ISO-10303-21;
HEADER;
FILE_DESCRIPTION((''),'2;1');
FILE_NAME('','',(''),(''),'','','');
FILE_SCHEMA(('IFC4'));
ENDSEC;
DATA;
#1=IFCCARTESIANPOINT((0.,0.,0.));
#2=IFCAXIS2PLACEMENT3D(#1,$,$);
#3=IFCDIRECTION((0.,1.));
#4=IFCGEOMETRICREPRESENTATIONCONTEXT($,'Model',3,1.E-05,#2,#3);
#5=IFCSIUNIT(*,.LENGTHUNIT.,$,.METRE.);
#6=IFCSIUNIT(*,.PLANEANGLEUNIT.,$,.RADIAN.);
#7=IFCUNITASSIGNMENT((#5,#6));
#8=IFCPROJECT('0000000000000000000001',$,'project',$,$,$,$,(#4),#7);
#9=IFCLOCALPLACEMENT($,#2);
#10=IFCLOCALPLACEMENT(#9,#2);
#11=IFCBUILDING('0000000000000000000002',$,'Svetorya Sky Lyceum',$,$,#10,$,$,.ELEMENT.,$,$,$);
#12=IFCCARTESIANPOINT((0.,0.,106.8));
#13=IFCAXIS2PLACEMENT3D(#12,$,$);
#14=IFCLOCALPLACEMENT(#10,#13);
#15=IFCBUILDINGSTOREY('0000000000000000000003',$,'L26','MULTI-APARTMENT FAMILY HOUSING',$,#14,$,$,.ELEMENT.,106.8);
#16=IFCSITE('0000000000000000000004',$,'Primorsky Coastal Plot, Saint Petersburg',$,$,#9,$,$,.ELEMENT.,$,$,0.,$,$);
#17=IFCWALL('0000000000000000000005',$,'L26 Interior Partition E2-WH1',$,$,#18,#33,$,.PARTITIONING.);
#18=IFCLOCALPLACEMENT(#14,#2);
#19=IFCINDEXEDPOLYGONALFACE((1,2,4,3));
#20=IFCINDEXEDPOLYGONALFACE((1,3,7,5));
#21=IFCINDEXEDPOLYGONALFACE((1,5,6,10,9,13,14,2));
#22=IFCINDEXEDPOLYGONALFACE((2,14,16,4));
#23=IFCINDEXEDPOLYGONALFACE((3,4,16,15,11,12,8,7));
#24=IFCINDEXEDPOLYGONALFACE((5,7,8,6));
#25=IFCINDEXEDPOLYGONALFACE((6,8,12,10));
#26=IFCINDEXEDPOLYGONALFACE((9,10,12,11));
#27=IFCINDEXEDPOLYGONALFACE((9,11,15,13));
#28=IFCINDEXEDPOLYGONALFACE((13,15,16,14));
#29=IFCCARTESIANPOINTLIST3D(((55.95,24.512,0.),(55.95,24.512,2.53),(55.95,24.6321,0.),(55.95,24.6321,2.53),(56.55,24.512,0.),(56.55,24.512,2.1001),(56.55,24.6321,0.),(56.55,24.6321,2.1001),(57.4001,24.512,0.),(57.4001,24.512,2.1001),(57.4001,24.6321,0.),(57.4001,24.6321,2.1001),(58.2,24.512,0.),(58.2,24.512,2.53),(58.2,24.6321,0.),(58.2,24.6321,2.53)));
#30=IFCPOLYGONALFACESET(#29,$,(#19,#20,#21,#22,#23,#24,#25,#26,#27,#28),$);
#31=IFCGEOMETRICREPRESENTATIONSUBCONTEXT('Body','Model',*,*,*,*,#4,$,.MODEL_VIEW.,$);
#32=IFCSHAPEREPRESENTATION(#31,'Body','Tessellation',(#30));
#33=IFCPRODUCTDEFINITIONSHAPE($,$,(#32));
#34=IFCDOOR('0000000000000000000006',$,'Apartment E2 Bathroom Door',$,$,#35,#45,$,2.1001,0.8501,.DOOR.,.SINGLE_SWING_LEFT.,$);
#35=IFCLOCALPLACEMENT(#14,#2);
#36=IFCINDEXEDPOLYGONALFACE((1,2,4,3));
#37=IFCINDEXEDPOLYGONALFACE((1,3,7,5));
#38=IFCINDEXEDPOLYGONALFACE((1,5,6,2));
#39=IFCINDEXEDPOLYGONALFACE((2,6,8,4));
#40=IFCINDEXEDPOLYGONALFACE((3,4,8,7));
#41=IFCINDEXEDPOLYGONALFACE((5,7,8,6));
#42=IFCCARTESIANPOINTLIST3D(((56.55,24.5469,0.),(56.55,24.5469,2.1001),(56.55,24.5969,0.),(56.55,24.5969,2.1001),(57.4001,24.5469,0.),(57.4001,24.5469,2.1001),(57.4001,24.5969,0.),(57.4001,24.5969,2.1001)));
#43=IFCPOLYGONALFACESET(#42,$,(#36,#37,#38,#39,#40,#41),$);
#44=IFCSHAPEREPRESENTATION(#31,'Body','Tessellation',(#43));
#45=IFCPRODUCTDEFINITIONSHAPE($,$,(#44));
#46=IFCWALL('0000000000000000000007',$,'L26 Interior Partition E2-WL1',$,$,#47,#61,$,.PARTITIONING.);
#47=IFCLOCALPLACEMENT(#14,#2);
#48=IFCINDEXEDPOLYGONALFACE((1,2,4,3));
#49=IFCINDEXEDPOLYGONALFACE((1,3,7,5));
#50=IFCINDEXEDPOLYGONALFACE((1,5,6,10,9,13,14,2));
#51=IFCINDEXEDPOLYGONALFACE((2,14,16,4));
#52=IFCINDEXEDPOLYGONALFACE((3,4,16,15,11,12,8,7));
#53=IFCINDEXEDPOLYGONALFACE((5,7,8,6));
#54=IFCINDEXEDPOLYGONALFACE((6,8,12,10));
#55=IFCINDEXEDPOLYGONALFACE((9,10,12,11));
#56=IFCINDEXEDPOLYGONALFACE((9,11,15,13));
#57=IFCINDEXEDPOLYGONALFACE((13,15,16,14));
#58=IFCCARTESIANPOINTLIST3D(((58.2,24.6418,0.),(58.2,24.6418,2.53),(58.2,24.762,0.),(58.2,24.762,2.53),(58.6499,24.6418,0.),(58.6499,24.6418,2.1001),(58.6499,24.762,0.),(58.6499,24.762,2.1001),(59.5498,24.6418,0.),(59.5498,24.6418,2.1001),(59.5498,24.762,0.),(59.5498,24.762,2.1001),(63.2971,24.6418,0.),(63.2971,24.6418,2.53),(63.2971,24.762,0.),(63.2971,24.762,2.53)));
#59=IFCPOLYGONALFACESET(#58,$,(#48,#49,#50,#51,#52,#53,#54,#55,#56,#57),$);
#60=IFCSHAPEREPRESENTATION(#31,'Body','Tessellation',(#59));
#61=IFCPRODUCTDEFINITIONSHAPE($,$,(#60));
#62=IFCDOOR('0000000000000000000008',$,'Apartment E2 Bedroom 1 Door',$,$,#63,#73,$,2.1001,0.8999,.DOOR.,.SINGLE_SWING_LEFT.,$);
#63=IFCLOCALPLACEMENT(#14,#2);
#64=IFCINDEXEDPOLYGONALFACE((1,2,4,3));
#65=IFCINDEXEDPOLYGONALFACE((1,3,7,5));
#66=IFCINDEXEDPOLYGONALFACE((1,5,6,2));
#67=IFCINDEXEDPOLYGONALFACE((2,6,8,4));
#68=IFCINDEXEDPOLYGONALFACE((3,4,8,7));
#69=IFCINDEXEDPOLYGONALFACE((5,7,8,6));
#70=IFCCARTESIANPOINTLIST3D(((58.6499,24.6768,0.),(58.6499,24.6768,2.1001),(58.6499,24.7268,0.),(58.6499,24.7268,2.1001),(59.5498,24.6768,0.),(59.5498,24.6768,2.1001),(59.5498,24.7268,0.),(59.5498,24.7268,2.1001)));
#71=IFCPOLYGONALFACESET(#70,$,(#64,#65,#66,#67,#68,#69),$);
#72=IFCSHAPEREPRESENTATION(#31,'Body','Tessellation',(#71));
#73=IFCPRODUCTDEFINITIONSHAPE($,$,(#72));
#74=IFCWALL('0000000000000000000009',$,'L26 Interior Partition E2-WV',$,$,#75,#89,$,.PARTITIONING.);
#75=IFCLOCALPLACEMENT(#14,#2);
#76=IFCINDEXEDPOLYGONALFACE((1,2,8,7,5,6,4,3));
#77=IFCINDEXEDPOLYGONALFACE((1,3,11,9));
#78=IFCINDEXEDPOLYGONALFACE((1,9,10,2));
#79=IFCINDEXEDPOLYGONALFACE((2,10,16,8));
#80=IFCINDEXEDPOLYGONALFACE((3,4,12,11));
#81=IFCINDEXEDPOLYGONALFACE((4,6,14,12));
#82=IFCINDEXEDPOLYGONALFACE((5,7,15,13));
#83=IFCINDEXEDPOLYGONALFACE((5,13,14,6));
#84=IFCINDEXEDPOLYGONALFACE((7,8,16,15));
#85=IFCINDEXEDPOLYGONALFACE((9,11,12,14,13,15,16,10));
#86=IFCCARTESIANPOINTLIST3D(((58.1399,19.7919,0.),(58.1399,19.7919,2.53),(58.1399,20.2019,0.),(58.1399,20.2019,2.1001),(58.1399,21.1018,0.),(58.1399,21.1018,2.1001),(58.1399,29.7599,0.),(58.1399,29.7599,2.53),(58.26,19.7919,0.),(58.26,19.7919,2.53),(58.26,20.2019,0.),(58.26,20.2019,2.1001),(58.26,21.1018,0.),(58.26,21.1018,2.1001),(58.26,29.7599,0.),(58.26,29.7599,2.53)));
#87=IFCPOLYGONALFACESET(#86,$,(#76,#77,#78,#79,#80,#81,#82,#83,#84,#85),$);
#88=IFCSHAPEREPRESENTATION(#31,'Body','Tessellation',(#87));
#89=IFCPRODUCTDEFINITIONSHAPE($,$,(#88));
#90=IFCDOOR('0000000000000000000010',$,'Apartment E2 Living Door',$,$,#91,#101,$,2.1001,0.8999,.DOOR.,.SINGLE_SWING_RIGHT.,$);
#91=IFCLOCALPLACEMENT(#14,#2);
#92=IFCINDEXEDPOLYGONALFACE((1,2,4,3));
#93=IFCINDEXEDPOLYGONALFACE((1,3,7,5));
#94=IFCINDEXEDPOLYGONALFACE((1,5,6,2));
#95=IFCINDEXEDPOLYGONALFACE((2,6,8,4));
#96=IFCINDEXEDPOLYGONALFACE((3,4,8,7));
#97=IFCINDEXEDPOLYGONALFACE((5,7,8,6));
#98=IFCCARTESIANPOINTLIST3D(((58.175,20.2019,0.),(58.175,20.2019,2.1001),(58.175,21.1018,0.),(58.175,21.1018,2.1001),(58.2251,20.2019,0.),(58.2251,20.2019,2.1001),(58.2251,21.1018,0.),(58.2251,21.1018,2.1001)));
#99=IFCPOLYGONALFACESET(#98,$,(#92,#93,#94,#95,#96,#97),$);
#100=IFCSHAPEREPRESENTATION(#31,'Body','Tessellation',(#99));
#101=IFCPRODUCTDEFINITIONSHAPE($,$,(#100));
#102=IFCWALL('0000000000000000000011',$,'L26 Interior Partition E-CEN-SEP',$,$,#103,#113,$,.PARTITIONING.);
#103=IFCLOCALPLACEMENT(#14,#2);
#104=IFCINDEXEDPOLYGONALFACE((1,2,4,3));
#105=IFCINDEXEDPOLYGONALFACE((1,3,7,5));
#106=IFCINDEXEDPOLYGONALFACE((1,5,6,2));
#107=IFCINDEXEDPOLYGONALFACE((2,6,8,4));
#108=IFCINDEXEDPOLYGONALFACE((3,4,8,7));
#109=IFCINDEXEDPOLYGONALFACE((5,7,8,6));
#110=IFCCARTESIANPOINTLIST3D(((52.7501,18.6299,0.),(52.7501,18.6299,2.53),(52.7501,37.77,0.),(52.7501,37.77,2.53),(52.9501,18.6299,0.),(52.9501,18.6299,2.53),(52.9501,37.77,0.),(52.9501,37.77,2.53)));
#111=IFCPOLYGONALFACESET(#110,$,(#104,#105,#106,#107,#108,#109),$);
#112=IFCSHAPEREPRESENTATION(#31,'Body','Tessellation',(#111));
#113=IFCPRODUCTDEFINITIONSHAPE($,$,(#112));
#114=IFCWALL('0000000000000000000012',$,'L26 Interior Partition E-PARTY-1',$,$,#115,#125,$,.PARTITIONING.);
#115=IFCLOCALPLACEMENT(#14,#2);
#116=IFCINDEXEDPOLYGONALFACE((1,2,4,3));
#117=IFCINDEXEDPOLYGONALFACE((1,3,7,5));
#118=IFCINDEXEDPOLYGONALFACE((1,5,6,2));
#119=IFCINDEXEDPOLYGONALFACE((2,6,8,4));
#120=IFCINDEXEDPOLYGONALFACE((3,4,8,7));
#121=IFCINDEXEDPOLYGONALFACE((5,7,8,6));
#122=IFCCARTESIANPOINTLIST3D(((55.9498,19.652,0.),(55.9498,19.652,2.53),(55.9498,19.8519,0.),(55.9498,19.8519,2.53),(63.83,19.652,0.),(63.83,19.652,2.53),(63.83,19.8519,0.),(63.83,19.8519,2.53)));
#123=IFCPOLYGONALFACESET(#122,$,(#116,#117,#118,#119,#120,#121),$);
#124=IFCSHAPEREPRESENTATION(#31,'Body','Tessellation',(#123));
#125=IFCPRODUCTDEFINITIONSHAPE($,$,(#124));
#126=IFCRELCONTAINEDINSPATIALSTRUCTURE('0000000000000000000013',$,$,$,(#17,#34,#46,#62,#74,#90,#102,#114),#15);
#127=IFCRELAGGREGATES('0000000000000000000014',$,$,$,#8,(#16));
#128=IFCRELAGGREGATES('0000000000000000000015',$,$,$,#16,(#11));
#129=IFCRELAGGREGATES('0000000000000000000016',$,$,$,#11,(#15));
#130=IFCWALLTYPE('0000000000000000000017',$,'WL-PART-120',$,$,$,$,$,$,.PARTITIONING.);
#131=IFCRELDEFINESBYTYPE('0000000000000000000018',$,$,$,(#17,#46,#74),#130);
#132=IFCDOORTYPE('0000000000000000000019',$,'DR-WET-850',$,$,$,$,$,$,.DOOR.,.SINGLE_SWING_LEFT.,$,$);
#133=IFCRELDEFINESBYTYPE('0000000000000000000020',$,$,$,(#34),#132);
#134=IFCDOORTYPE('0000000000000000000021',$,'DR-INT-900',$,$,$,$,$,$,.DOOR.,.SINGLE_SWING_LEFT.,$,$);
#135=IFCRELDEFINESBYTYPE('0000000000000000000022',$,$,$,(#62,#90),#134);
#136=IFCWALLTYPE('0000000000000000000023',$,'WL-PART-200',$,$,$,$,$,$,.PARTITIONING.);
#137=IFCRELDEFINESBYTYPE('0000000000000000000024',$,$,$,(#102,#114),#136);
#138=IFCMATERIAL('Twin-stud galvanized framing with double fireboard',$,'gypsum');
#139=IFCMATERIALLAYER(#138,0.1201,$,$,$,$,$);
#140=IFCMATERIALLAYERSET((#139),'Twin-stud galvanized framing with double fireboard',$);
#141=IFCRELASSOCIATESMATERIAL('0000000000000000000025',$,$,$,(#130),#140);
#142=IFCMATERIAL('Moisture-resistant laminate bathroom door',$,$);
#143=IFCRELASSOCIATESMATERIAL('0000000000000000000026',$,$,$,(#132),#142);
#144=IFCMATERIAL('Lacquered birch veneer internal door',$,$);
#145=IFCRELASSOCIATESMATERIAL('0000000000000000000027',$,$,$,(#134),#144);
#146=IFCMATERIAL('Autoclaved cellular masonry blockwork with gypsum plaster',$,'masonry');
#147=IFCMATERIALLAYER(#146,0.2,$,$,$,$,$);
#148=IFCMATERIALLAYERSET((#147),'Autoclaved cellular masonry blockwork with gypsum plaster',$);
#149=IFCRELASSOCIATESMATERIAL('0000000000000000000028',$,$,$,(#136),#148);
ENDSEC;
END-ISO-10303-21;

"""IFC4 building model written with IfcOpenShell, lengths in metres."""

from ifc_helpers import new_model, si_unit, direction, frame, frame_2d, origin, place, context, subcontext, project, spatial, rectangle, extrude, material, layer, layer_set, type_object, element, fill, save


model = new_model("IFC4")

# Units and contexts
model_context = context("Model", 3, precision=1e-05, world=origin(), true_north=direction((0.0, 1.0)))
body_context = subcontext(model_context, "Body", "Model", "MODEL_VIEW")
ifc_project = project(units=[si_unit("LENGTHUNIT", "METRE"), si_unit("PLANEANGLEUNIT", "RADIAN")], contexts=[model_context])

# Site, building, storey
site_placement = place(None, origin())
site = spatial("IfcSite", under=ifc_project, at=site_placement, Name="Primorsky Coastal Plot, Saint Petersburg", CompositionType="ELEMENT", RefElevation=0.0)
building_placement = place(site_placement, origin())
building = spatial("IfcBuilding", under=site, at=building_placement, Name="Svetorya Sky Lyceum", CompositionType="ELEMENT")
storey_placement = place(building_placement, frame((0.0, 0.0, 106.8)))
storey = spatial("IfcBuildingStorey", under=building, at=storey_placement, Name="L26", Description="MULTI-APARTMENT FAMILY HOUSING", CompositionType="ELEMENT", Elevation=106.8)

# Walls, openings, doors
ifc_material_1 = material(Name="Twin-stud galvanized framing with double fireboard", Category="gypsum")
ifc_layer_1 = layer(ifc_material_1, 0.1201)
ifc_layer_set_1 = layer_set([ifc_layer_1], Name="Twin-stud galvanized framing with double fireboard")
wall_type_1 = type_object("IfcWallType", Name="WL-PART-120", PredefinedType="PARTITIONING", material=ifc_layer_set_1)
wall_1_placement = place(storey_placement, frame((55.95, 24.572, 0.0), z_axis=(0.0, 0.0, 1.0), x_axis=(1.0, 0.0, 0.0)))
wall_1 = element("IfcWall", 1, at=wall_1_placement, inside=storey, type_object=wall_type_1, Name="L26 Interior Partition E2-WH1", PredefinedType="PARTITIONING", context=body_context, shape_type="SweptSolid", body=[
    extrude(rectangle(XDim=2.25, YDim=0.1201, at=frame_2d((1.125, 0.0))), origin(), (0.0, 0.0, 1.0), 2.53),
])
opening_1_placement = place(wall_1_placement, frame((0.6001, 0.0, 0.0)))
opening_1 = element("IfcOpeningElement", 2, at=opening_1_placement, cuts=wall_1, PredefinedType="OPENING", context=body_context, shape_type="SweptSolid", body=[
    extrude(rectangle(XDim=0.8501, YDim=2.1001, at=frame_2d((0.425, 1.05))), frame((0.0, 0.0701, 0.0), z_axis=(0.0, -1.0, 0.0), x_axis=(1.0, 0.0, 0.0)), (0.0, 0.0, 1.0), 0.1401),
])
ifc_material_2 = material(Name="Moisture-resistant laminate bathroom door")
door_type_1 = type_object("IfcDoorType", Name="DR-WET-850", OperationType="SINGLE_SWING_LEFT", PredefinedType="DOOR", material=ifc_material_2)
door_1_placement = place(opening_1_placement, origin())
door_1 = element("IfcDoor", 3, at=door_1_placement, inside=storey, type_object=door_type_1, Name="Apartment E2 Bathroom Door", OperationType="SINGLE_SWING_LEFT", OverallHeight=2.1001, OverallWidth=0.8501, PredefinedType="DOOR", context=body_context, shape_type="SweptSolid", body=[
    extrude(rectangle(XDim=0.8501, YDim=2.1001, at=frame_2d((0.425, 1.05))), frame((0.0, 0.0249, 0.0), z_axis=(0.0, -1.0, 0.0), x_axis=(1.0, 0.0, 0.0)), (0.0, 0.0, 1.0), 0.05),
])
fill(opening_1, door_1)
wall_2_placement = place(storey_placement, frame((58.2, 24.7019, 0.0), z_axis=(0.0, 0.0, 1.0), x_axis=(1.0, 0.0, 0.0)))
wall_2 = element("IfcWall", 4, at=wall_2_placement, inside=storey, type_object=wall_type_1, Name="L26 Interior Partition E2-WL1", PredefinedType="PARTITIONING", context=body_context, shape_type="SweptSolid", body=[
    extrude(rectangle(XDim=5.0972, YDim=0.1201, at=frame_2d((2.5486, 0.0))), origin(), (0.0, 0.0, 1.0), 2.53),
])
opening_2_placement = place(wall_2_placement, frame((0.45, 0.0, 0.0)))
opening_2 = element("IfcOpeningElement", 5, at=opening_2_placement, cuts=wall_2, PredefinedType="OPENING", context=body_context, shape_type="SweptSolid", body=[
    extrude(rectangle(XDim=0.8999, YDim=2.1001, at=frame_2d((0.45, 1.05))), frame((0.0, 0.0701, 0.0), z_axis=(0.0, -1.0, 0.0), x_axis=(1.0, 0.0, 0.0)), (0.0, 0.0, 1.0), 0.1401),
])
ifc_material_3 = material(Name="Lacquered birch veneer internal door")
door_type_2 = type_object("IfcDoorType", Name="DR-INT-900", OperationType="SINGLE_SWING_LEFT", PredefinedType="DOOR", material=ifc_material_3)
door_2_placement = place(opening_2_placement, origin())
door_2 = element("IfcDoor", 6, at=door_2_placement, inside=storey, type_object=door_type_2, Name="Apartment E2 Bedroom 1 Door", OperationType="SINGLE_SWING_LEFT", OverallHeight=2.1001, OverallWidth=0.8999, PredefinedType="DOOR", context=body_context, shape_type="SweptSolid", body=[
    extrude(rectangle(XDim=0.8999, YDim=2.1001, at=frame_2d((0.45, 1.05))), frame((0.0, 0.0249, 0.0), z_axis=(0.0, -1.0, 0.0), x_axis=(1.0, 0.0, 0.0)), (0.0, 0.0, 1.0), 0.05),
])
fill(opening_2, door_2)
wall_3_placement = place(storey_placement, frame((58.2, 19.792, 0.0), z_axis=(0.0, 0.0, 1.0), x_axis=(0.0, 1.0, 0.0)))
wall_3 = element("IfcWall", 7, at=wall_3_placement, inside=storey, type_object=wall_type_1, Name="L26 Interior Partition E2-WV", PredefinedType="PARTITIONING", context=body_context, shape_type="SweptSolid", body=[
    extrude(rectangle(XDim=9.968, YDim=0.1201, at=frame_2d((4.9839, 0.0))), origin(), (0.0, 0.0, 1.0), 2.53),
])
opening_3_placement = place(wall_3_placement, frame((0.4099, 0.0, 0.0)))
opening_3 = element("IfcOpeningElement", 8, at=opening_3_placement, cuts=wall_3, PredefinedType="OPENING", context=body_context, shape_type="SweptSolid", body=[
    extrude(rectangle(XDim=0.8999, YDim=2.1001, at=frame_2d((0.45, 1.05))), frame((0.0, 0.0701, 0.0), z_axis=(0.0, -1.0, 0.0), x_axis=(1.0, 0.0, 0.0)), (0.0, 0.0, 1.0), 0.1401),
])
door_3_placement = place(opening_3_placement, origin())
door_3 = element("IfcDoor", 9, at=door_3_placement, inside=storey, type_object=door_type_2, Name="Apartment E2 Living Door", OperationType="SINGLE_SWING_RIGHT", OverallHeight=2.1001, OverallWidth=0.8999, PredefinedType="DOOR", context=body_context, shape_type="SweptSolid", body=[
    extrude(rectangle(XDim=0.8999, YDim=2.1001, at=frame_2d((0.45, 1.05))), frame((0.0, 0.0249, 0.0), z_axis=(0.0, -1.0, 0.0), x_axis=(1.0, 0.0, 0.0)), (0.0, 0.0, 1.0), 0.05),
])
fill(opening_3, door_3)

# Walls
ifc_material_4 = material(Name="Autoclaved cellular masonry blockwork with gypsum plaster", Category="masonry")
ifc_layer_2 = layer(ifc_material_4, 0.2)
ifc_layer_set_2 = layer_set([ifc_layer_2], Name="Autoclaved cellular masonry blockwork with gypsum plaster")
wall_type_2 = type_object("IfcWallType", Name="WL-PART-200", PredefinedType="PARTITIONING", material=ifc_layer_set_2)
wall_4_placement = place(storey_placement, frame((52.8501, 18.6299, 0.0), z_axis=(0.0, 0.0, 1.0), x_axis=(0.0, 1.0, 0.0)))
element("IfcWall", 10, at=wall_4_placement, inside=storey, type_object=wall_type_2, Name="L26 Interior Partition E-CEN-SEP", PredefinedType="PARTITIONING", context=body_context, shape_type="SweptSolid", body=[
    extrude(rectangle(XDim=19.1401, YDim=0.2, at=frame_2d((9.5701, 0.0))), origin(), (0.0, 0.0, 1.0), 2.53),
])
wall_5_placement = place(storey_placement, frame((55.95, 19.752, 0.0), z_axis=(0.0, 0.0, 1.0), x_axis=(1.0, 0.0, 0.0)))
element("IfcWall", 11, at=wall_5_placement, inside=storey, type_object=wall_type_2, Name="L26 Interior Partition E-PARTY-1", PredefinedType="PARTITIONING", context=body_context, shape_type="SweptSolid", body=[
    extrude(rectangle(XDim=7.8801, YDim=0.2, at=frame_2d((3.9399, 0.0))), origin(), (0.0, 0.0, 1.0), 2.53),
])

save(model, "model.ifc")
